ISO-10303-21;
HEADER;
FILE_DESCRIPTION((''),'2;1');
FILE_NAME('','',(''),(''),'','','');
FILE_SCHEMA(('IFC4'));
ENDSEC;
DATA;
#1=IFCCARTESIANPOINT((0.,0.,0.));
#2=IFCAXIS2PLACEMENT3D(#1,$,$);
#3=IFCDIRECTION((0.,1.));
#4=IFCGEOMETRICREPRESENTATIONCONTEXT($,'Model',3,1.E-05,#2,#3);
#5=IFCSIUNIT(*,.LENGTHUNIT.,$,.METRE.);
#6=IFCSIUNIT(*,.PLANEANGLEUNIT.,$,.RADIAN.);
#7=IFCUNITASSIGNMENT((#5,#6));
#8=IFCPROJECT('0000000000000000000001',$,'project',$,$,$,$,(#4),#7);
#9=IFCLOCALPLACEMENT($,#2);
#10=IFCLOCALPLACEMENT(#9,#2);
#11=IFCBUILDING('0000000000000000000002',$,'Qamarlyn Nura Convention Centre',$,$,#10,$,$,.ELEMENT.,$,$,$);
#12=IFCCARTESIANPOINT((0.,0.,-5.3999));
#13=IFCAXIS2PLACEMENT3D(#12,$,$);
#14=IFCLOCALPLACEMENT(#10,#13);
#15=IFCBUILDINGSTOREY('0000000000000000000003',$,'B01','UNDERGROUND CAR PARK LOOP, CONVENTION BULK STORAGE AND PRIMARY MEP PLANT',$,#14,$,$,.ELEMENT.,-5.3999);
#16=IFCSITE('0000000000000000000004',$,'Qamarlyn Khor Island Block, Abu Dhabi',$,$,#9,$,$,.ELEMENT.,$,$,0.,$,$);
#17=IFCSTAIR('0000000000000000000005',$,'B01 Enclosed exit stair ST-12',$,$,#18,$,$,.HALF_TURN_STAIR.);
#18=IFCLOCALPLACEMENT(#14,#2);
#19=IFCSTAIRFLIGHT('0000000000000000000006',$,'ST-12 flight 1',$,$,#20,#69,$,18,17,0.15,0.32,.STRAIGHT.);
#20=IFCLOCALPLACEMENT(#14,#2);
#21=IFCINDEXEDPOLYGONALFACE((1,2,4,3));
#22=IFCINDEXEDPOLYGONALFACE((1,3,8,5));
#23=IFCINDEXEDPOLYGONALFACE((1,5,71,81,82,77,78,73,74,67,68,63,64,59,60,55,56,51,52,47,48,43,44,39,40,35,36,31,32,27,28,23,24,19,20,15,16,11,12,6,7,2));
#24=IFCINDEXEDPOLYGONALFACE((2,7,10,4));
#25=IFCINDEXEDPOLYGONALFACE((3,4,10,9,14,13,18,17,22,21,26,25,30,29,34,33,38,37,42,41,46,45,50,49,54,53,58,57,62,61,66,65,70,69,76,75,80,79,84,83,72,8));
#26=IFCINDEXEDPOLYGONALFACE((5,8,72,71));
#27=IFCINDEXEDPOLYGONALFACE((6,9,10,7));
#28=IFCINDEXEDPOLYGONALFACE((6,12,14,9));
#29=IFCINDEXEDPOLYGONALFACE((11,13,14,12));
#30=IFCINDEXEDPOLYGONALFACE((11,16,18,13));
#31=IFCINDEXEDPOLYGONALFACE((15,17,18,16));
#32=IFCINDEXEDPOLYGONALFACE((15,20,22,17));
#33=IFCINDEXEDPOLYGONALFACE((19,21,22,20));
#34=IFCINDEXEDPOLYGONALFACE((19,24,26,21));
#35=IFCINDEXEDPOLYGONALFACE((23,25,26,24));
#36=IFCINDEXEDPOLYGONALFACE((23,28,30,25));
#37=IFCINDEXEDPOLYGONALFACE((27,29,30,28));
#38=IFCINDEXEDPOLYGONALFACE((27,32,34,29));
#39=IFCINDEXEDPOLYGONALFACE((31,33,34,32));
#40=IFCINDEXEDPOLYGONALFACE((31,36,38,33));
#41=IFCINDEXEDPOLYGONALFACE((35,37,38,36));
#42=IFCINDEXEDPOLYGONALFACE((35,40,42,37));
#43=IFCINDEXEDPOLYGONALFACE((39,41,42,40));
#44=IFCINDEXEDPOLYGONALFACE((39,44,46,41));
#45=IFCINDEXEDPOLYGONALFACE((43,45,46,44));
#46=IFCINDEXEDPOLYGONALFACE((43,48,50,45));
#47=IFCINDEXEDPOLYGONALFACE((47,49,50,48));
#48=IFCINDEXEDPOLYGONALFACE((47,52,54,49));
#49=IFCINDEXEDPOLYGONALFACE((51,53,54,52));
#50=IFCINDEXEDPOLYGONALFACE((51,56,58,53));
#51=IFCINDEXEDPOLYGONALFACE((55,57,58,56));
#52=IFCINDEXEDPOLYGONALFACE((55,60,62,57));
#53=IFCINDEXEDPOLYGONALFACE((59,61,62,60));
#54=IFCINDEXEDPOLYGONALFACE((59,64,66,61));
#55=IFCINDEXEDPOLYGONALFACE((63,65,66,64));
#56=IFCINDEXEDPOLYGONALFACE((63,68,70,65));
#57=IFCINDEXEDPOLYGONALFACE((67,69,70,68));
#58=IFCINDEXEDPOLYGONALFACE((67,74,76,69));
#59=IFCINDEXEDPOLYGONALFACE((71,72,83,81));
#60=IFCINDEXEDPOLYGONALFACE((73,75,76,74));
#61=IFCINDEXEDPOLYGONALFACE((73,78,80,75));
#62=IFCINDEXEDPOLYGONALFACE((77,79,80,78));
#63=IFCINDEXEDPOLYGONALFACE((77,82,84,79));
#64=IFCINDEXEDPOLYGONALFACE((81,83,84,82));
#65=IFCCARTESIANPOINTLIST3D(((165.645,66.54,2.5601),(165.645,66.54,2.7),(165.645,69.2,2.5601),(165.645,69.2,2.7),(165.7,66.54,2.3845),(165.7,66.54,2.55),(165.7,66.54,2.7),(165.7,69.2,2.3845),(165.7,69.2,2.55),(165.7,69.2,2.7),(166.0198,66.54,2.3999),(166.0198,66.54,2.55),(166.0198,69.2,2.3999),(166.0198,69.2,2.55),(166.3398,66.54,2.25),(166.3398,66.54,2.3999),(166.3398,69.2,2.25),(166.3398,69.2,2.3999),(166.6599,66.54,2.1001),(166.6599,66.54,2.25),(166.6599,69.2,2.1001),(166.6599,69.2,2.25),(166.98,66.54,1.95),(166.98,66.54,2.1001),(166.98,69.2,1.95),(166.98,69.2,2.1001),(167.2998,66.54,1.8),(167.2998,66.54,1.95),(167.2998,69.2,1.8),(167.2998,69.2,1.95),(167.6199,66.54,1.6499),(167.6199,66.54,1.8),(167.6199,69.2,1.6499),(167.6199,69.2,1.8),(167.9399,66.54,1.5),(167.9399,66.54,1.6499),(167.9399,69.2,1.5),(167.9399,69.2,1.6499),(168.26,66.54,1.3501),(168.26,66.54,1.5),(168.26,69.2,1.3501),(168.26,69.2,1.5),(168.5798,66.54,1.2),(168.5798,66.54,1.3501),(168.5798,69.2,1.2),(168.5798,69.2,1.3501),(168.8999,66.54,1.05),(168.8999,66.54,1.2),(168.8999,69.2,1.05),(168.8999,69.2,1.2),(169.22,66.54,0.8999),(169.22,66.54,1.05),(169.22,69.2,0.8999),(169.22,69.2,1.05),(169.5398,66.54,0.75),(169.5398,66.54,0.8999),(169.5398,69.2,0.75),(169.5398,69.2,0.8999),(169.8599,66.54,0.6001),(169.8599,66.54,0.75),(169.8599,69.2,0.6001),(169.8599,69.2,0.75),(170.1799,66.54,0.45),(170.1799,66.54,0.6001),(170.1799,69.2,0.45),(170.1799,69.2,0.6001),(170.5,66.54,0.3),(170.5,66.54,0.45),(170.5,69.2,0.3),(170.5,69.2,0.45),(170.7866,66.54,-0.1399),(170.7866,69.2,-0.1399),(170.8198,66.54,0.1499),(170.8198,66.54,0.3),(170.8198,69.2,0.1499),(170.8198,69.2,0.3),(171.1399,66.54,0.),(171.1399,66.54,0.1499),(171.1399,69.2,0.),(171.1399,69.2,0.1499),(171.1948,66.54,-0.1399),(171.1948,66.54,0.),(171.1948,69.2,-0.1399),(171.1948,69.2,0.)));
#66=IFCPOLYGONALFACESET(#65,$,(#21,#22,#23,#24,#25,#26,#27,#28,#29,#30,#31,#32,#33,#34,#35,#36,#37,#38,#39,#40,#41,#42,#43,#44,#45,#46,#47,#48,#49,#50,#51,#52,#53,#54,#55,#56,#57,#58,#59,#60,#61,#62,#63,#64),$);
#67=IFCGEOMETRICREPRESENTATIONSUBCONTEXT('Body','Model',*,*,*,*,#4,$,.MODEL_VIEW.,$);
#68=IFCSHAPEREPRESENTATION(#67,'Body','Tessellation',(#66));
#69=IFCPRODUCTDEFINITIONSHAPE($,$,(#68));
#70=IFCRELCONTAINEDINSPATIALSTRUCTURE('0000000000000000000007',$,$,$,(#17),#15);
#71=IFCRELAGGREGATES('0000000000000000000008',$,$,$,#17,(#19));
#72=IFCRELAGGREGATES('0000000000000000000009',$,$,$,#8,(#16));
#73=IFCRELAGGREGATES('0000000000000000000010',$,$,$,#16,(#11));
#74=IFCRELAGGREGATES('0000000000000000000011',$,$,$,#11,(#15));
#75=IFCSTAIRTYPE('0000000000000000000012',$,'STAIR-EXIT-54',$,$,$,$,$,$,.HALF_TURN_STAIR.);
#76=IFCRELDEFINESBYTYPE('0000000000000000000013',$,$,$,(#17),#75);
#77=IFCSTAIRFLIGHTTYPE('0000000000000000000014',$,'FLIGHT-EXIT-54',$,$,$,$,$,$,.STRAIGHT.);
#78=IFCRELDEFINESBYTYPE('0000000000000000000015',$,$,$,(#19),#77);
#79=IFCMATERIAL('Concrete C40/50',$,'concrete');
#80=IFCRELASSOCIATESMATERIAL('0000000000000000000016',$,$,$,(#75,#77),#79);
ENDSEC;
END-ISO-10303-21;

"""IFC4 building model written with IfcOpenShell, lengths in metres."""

from ifc_helpers import new_model, si_unit, direction, frame, origin, place, context, subcontext, project, spatial, polyline, outline, extrude, material, type_object, element, aggregate, save


model = new_model("IFC4")

# Units and contexts
model_context = context("Model", 3, precision=1e-05, world=origin(), true_north=direction((0.0, 1.0)))
body_context = subcontext(model_context, "Body", "Model", "MODEL_VIEW")
ifc_project = project(units=[si_unit("LENGTHUNIT", "METRE"), si_unit("PLANEANGLEUNIT", "RADIAN")], contexts=[model_context])

# Site, building, storey
site_placement = place(None, origin())
site = spatial("IfcSite", under=ifc_project, at=site_placement, Name="Qamarlyn Khor Island Block, Abu Dhabi", CompositionType="ELEMENT", RefElevation=0.0)
building_placement = place(site_placement, origin())
building = spatial("IfcBuilding", under=site, at=building_placement, Name="Qamarlyn Nura Convention Centre", CompositionType="ELEMENT")
storey_placement = place(building_placement, frame((0.0, 0.0, -5.3999)))
storey = spatial("IfcBuildingStorey", under=building, at=storey_placement, Name="B01", Description="UNDERGROUND CAR PARK LOOP, CONVENTION BULK STORAGE AND PRIMARY MEP PLANT", CompositionType="ELEMENT", Elevation=-5.3999)

# Shared definitions
ifc_material_1 = material(Name="Concrete C40/50", Category="concrete")

# Stair, stair flight
stair_type = type_object("IfcStairType", Name="STAIR-EXIT-54", PredefinedType="HALF_TURN_STAIR", material=ifc_material_1)
stair_placement = place(storey_placement, origin())
stair = element("IfcStair", 1, at=stair_placement, inside=storey, type_object=stair_type, Name="B01 Enclosed exit stair ST-12", PredefinedType="HALF_TURN_STAIR")
stair_flight_type = type_object("IfcStairFlightType", Name="FLIGHT-EXIT-54", PredefinedType="STRAIGHT", material=ifc_material_1)
stair_flight_placement = place(storey_placement, frame((171.1399, 67.8701, 0.0), z_axis=(0.0, 0.0, 1.0), x_axis=(-1.0, 0.0, 0.0)))
stair_flight = element("IfcStairFlight", 2, at=stair_flight_placement, type_object=stair_flight_type, Name="ST-12 flight 1", NumberOfRisers=18, NumberOfTreads=17, PredefinedType="STRAIGHT", RiserHeight=0.15, TreadLength=0.32, context=body_context, shape_type="SweptSolid", body=[
    extrude(outline(polyline([(-0.0549, 0.0), (0.0, 0.0), (0.0, 0.1499), (0.3201, 0.1499), (0.3201, 0.3), (0.6399, 0.3), (0.6399, 0.45), (0.96, 0.45), (0.96, 0.6001), (1.28, 0.6001), (1.28, 0.75), (1.6001, 0.75), (1.6001, 0.8999), (1.9199, 0.8999), (1.9199, 1.05), (2.24, 1.05), (2.24, 1.2), (2.5601, 1.2), (2.5601, 1.3501), (2.8799, 1.3501), (2.8799, 1.5), (3.2, 1.5), (3.2, 1.6499), (3.52, 1.6499), (3.52, 1.8), (3.8401, 1.8), (3.8401, 1.95), (4.1599, 1.95), (4.1599, 2.1001), (4.48, 2.1001), (4.48, 2.25), (4.8, 2.25), (4.8, 2.3999), (5.1201, 2.3999), (5.1201, 2.55), (5.4399, 2.55), (5.4399, 2.7), (5.4949, 2.7), (5.4949, 2.5601), (5.4399, 2.3845), (0.3533, -0.1399), (-0.0549, -0.1399), (-0.0549, 0.0)])), frame((0.0, 1.3301, 0.0), z_axis=(0.0, -1.0, 0.0), x_axis=(1.0, 0.0, 0.0)), (0.0, 0.0, 1.0), 2.6599),
])
aggregate(stair, [stair_flight])

save(model, "model.ifc")
